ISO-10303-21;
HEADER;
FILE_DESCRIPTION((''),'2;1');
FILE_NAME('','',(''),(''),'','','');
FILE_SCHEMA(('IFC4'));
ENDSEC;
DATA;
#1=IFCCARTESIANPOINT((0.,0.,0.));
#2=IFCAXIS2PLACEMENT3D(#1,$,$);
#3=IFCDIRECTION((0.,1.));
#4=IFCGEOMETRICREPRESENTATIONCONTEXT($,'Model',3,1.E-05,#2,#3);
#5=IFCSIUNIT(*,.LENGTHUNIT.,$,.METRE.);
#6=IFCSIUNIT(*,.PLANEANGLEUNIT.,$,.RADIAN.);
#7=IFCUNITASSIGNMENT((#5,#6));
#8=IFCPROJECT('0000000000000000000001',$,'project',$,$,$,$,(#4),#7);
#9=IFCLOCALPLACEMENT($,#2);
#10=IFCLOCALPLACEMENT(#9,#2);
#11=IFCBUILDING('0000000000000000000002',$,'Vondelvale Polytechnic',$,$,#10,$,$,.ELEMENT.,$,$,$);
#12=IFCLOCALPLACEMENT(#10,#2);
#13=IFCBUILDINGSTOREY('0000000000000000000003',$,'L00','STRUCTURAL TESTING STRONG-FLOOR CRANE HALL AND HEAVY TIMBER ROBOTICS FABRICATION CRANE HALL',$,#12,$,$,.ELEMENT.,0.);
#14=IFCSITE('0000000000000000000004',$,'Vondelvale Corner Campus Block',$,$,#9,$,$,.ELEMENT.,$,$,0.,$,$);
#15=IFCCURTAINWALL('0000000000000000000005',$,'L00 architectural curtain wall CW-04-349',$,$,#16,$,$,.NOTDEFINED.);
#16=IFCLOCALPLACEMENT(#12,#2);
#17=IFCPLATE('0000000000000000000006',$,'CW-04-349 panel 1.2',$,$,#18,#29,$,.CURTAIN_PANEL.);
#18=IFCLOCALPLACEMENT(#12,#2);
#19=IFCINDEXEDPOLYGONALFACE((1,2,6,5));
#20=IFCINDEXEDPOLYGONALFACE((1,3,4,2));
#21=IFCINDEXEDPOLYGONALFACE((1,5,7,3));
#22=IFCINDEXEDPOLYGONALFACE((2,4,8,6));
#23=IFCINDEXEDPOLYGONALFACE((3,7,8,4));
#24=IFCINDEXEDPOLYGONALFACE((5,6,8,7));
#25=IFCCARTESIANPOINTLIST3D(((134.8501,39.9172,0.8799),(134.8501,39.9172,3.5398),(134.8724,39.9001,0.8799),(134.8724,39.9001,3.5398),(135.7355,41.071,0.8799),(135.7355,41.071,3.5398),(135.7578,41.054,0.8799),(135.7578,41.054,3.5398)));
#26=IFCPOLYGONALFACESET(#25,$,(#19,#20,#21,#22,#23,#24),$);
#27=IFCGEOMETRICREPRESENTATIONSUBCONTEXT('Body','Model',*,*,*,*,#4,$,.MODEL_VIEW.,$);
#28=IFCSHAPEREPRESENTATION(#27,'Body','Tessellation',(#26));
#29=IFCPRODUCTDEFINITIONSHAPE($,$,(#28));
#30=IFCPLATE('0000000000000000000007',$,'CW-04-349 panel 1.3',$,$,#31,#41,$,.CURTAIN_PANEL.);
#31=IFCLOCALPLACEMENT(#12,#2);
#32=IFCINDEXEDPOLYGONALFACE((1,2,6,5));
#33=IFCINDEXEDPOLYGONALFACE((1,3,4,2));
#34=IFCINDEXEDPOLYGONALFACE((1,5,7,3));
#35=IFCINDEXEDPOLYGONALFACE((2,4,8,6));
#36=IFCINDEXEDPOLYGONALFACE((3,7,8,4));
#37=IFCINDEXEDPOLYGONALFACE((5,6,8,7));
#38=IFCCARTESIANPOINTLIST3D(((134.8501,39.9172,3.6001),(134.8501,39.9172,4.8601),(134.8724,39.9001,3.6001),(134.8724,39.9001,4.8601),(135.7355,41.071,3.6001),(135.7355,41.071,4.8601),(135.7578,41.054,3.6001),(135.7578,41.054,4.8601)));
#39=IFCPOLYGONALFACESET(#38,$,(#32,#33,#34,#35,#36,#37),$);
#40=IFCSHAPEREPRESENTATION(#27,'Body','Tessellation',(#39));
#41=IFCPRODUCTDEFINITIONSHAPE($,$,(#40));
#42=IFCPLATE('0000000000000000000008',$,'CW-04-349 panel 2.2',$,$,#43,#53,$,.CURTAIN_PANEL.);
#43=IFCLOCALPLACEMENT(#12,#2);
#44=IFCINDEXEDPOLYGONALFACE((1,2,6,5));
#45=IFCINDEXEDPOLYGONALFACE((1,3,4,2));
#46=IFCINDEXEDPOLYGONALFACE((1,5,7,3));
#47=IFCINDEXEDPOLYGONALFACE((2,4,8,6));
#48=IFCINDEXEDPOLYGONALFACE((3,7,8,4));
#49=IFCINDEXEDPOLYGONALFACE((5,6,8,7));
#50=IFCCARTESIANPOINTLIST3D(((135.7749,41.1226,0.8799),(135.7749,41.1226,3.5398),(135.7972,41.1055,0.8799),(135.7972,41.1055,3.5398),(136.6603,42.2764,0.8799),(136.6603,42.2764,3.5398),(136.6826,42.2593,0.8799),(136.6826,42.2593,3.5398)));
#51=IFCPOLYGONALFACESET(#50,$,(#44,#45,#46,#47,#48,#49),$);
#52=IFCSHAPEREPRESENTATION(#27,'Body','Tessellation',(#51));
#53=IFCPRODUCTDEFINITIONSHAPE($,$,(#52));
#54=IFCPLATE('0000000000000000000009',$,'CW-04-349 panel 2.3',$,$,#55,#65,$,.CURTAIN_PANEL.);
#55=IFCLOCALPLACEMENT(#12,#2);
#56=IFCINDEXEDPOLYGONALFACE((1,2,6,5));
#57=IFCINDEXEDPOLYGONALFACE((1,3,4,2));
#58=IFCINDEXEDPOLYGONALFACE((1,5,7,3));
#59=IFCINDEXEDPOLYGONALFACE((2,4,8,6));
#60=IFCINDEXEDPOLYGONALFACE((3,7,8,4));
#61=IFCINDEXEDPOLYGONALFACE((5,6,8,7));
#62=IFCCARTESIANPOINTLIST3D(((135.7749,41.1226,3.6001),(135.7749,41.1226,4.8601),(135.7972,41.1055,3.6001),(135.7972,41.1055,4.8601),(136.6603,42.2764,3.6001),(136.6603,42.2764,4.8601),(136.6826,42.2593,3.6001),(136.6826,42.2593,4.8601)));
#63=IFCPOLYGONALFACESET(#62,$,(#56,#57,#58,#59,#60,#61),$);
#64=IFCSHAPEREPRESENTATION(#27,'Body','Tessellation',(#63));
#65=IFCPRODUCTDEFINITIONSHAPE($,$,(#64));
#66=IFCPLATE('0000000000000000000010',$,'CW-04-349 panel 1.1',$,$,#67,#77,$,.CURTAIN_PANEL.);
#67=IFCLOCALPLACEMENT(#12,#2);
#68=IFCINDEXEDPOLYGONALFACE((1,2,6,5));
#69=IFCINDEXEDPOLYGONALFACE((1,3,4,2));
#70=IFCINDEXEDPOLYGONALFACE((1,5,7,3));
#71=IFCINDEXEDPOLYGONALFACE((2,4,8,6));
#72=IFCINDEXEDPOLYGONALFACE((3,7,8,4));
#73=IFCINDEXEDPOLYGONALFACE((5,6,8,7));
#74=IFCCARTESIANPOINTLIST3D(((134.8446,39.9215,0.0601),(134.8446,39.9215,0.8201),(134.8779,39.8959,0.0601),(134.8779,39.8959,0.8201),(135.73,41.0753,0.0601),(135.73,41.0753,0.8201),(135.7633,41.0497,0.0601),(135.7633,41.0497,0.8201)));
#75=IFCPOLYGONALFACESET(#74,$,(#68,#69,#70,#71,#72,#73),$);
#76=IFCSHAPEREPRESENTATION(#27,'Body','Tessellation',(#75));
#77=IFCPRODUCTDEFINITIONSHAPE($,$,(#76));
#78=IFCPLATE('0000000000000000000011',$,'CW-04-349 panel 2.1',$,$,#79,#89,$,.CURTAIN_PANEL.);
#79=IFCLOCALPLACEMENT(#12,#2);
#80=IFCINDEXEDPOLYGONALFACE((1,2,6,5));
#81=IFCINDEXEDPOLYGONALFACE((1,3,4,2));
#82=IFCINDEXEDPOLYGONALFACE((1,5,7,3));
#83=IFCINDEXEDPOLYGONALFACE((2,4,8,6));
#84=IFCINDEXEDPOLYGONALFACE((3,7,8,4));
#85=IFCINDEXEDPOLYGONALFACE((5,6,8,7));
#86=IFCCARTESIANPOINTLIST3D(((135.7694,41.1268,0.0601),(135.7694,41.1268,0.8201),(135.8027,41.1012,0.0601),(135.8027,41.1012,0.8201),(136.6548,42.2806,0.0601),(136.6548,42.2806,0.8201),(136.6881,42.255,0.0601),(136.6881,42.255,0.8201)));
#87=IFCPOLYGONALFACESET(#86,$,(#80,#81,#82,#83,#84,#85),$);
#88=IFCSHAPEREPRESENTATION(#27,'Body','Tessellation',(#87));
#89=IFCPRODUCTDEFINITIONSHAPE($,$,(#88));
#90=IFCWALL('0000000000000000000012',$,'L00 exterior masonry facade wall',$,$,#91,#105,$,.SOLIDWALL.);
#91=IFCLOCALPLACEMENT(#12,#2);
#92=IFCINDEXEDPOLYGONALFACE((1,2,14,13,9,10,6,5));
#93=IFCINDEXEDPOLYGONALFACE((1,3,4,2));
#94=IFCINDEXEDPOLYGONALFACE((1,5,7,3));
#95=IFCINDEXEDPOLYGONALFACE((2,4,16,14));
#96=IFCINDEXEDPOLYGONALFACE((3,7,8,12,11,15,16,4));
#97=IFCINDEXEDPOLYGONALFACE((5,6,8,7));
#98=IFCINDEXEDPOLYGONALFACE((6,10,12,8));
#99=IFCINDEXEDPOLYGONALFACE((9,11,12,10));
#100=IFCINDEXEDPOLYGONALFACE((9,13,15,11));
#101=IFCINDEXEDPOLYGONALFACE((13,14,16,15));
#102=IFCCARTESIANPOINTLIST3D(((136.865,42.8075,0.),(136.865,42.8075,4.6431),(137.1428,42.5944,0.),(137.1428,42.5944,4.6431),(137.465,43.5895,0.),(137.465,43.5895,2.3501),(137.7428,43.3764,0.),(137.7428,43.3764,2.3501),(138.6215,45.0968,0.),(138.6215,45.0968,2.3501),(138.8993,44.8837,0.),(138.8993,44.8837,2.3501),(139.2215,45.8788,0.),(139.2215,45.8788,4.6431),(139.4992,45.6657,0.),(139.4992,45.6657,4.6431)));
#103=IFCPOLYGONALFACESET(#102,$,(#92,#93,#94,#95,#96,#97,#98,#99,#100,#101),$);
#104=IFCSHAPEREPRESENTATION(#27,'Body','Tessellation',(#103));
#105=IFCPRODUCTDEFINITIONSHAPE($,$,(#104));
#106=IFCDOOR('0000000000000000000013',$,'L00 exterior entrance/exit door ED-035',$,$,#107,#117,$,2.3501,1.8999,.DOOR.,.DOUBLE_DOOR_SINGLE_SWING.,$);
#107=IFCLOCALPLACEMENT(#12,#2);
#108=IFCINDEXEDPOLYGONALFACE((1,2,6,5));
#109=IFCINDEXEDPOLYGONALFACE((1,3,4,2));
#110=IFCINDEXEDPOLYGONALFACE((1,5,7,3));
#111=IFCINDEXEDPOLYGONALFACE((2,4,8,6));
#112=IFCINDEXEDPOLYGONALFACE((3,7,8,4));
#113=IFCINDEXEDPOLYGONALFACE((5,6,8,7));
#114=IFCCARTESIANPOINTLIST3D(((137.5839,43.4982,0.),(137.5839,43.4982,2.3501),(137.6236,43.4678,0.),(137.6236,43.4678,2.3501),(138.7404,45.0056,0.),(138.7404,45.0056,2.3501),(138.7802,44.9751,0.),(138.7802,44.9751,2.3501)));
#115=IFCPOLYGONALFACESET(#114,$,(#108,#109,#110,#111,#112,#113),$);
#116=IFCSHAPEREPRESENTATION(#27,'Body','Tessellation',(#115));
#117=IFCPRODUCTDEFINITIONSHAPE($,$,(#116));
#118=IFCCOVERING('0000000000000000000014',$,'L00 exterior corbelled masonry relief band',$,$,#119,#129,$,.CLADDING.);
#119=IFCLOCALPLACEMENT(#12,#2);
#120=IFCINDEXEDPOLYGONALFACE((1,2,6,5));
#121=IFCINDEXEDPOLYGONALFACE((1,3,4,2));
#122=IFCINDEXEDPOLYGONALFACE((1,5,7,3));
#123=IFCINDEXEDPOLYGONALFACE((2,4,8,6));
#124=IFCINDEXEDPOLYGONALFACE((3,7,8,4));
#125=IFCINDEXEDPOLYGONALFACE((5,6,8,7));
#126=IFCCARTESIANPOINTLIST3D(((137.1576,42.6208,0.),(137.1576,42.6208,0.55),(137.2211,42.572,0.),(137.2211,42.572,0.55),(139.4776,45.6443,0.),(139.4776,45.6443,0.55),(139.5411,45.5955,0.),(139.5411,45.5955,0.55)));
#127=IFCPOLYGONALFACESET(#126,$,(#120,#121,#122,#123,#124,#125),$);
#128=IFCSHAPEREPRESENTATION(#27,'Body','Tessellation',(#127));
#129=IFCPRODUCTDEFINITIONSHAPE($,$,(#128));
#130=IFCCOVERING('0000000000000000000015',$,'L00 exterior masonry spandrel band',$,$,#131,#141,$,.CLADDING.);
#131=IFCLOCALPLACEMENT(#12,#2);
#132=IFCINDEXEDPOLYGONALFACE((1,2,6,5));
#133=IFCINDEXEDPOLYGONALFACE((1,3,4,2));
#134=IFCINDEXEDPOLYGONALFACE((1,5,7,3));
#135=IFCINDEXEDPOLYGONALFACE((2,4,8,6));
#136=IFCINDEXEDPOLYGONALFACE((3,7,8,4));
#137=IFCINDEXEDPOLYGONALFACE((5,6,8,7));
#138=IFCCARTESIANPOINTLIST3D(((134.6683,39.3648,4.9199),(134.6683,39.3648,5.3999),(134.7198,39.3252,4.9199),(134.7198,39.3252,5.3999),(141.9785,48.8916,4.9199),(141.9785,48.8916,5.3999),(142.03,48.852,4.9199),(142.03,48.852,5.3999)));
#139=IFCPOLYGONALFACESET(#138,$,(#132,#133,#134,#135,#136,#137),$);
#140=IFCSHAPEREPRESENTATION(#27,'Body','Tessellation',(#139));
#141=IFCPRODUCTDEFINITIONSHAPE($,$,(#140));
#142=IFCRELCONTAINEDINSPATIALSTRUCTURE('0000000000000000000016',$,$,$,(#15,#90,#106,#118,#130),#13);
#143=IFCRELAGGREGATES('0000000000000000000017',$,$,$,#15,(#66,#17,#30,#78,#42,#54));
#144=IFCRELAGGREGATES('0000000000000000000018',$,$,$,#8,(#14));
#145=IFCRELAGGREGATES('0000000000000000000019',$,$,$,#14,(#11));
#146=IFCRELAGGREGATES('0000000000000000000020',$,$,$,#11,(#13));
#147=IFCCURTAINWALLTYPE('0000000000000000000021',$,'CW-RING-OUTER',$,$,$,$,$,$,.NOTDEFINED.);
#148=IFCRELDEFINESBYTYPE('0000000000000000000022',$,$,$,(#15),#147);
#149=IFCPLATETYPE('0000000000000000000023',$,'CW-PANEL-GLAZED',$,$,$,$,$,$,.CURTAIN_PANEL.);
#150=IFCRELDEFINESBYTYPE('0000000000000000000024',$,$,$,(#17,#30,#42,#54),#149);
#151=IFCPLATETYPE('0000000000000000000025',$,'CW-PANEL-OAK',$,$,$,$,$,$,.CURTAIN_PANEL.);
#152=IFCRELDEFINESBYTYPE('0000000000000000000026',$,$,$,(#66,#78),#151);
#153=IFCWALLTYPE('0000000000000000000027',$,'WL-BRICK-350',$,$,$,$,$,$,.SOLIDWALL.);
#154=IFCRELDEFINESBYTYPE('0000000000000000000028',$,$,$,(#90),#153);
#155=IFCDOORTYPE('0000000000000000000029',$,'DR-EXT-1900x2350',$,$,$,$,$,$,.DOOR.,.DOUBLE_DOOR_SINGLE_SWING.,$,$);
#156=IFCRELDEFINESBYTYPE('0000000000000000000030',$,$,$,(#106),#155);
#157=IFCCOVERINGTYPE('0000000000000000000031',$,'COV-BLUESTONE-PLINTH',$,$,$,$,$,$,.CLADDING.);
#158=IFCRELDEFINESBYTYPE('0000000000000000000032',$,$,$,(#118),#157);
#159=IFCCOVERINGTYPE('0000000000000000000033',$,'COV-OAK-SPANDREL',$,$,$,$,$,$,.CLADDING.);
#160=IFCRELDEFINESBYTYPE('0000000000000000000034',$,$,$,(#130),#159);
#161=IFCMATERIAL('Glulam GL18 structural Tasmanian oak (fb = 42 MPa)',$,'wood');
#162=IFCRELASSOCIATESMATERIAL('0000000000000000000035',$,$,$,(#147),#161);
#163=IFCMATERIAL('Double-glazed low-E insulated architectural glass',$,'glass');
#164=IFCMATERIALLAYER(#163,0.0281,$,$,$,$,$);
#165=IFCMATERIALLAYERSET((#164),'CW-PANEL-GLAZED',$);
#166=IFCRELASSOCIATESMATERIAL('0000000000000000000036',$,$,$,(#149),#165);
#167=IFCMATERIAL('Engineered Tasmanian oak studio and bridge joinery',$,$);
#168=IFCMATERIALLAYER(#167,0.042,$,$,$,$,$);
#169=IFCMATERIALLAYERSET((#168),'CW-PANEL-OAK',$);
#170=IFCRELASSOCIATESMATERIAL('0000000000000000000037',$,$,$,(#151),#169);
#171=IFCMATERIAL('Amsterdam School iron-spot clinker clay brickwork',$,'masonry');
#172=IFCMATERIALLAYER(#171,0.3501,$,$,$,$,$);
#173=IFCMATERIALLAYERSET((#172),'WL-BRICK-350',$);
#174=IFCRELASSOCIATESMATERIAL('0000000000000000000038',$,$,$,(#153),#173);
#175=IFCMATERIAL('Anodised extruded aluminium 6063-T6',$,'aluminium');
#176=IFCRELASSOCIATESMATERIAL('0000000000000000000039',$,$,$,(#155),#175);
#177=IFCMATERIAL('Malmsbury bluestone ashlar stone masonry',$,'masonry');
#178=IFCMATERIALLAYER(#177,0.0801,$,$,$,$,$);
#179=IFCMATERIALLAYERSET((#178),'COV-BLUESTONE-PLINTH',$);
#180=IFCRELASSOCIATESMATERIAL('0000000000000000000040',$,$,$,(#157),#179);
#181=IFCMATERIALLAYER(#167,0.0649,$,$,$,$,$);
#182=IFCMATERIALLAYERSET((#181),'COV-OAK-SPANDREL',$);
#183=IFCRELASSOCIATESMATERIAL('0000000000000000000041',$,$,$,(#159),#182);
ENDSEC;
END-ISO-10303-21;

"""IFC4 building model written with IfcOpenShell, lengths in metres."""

from ifc_helpers import new_model, si_unit, direction, frame, frame_2d, origin, origin_2d, place, context, subcontext, project, spatial, rectangle, extrude, material, layer, layer_set, type_object, element, fill, aggregate, save


model = new_model("IFC4")

# Units and contexts
model_context = context("Model", 3, precision=1e-05, world=origin(), true_north=direction((0.0, 1.0)))
body_context = subcontext(model_context, "Body", "Model", "MODEL_VIEW")
ifc_project = project(units=[si_unit("LENGTHUNIT", "METRE"), si_unit("PLANEANGLEUNIT", "RADIAN")], contexts=[model_context])

# Site, building, storey
site_placement = place(None, origin())
site = spatial("IfcSite", under=ifc_project, at=site_placement, Name="Vondelvale Corner Campus Block", CompositionType="ELEMENT", RefElevation=0.0)
building_placement = place(site_placement, origin())
building = spatial("IfcBuilding", under=site, at=building_placement, Name="Vondelvale Polytechnic", CompositionType="ELEMENT")
storey_placement = place(building_placement, origin())
storey = spatial("IfcBuildingStorey", under=building, at=storey_placement, Name="L00", Description="STRUCTURAL TESTING STRONG-FLOOR CRANE HALL AND HEAVY TIMBER ROBOTICS FABRICATION CRANE HALL", CompositionType="ELEMENT", Elevation=0.0)

# Shared definitions
ifc_material_1 = material(Name="Glulam GL18 structural Tasmanian oak (fb = 42 MPa)", Category="wood")

# Curtain wall
curtain_wall_type = type_object("IfcCurtainWallType", Name="CW-RING-OUTER", PredefinedType="NOTDEFINED", material=ifc_material_1)
curtain_wall_1_placement = place(storey_placement, origin())
curtain_wall_1 = element("IfcCurtainWall", 1, at=curtain_wall_1_placement, inside=storey, type_object=curtain_wall_type, Name="L00 architectural curtain wall CW-04-349", PredefinedType="NOTDEFINED")
ifc_material_2 = material(Name="Anodised extruded aluminium 6063-T6", Category="aluminium")

# Plates
ifc_material_3 = material(Name="Double-glazed low-E insulated architectural glass", Category="glass")
ifc_layer_1 = layer(ifc_material_3, 0.0281)
ifc_layer_set_1 = layer_set([ifc_layer_1], Name="CW-PANEL-GLAZED")
plate_type_1 = type_object("IfcPlateType", Name="CW-PANEL-GLAZED", PredefinedType="CURTAIN_PANEL", material=ifc_layer_set_1)
plate_1_placement = place(storey_placement, frame((135.304, 40.4856, 0.8799), z_axis=(0.0, 0.0, 1.0), x_axis=(0.608764, 0.793352, 0.0)))
plate_1 = element("IfcPlate", 2, at=plate_1_placement, type_object=plate_type_1, Name="CW-04-349 panel 1.2", PredefinedType="CURTAIN_PANEL", context=body_context, shape_type="SweptSolid", body=[
    extrude(rectangle(XDim=1.4543, YDim=0.0281, at=origin_2d()), origin(), (0.0, 0.0, 1.0), 2.6599),
])
plate_2_placement = place(storey_placement, frame((135.304, 40.4856, 3.6001), z_axis=(0.0, 0.0, 1.0), x_axis=(0.608764, 0.793352, 0.0)))
plate_2 = element("IfcPlate", 3, at=plate_2_placement, type_object=plate_type_1, Name="CW-04-349 panel 1.3", PredefinedType="CURTAIN_PANEL", context=body_context, shape_type="SweptSolid", body=[
    extrude(rectangle(XDim=1.4543, YDim=0.0281, at=origin_2d()), origin(), (0.0, 0.0, 1.0), 1.26),
])
plate_3_placement = place(storey_placement, frame((136.2288, 41.6909, 0.8799), z_axis=(0.0, 0.0, 1.0), x_axis=(0.608764, 0.793352, 0.0)))
plate_3 = element("IfcPlate", 4, at=plate_3_placement, type_object=plate_type_1, Name="CW-04-349 panel 2.2", PredefinedType="CURTAIN_PANEL", context=body_context, shape_type="SweptSolid", body=[
    extrude(rectangle(XDim=1.4543, YDim=0.0281, at=origin_2d()), origin(), (0.0, 0.0, 1.0), 2.6599),
])
plate_4_placement = place(storey_placement, frame((136.2288, 41.6909, 3.6001), z_axis=(0.0, 0.0, 1.0), x_axis=(0.608764, 0.793352, 0.0)))
plate_4 = element("IfcPlate", 5, at=plate_4_placement, type_object=plate_type_1, Name="CW-04-349 panel 2.3", PredefinedType="CURTAIN_PANEL", context=body_context, shape_type="SweptSolid", body=[
    extrude(rectangle(XDim=1.4543, YDim=0.0281, at=origin_2d()), origin(), (0.0, 0.0, 1.0), 1.26),
])
ifc_material_4 = material(Name="Engineered Tasmanian oak studio and bridge joinery")
ifc_layer_2 = layer(ifc_material_4, 0.042)
ifc_layer_set_2 = layer_set([ifc_layer_2], Name="CW-PANEL-OAK")
plate_type_2 = type_object("IfcPlateType", Name="CW-PANEL-OAK", PredefinedType="CURTAIN_PANEL", material=ifc_layer_set_2)
plate_5_placement = place(storey_placement, frame((135.304, 40.4856, 0.0601), z_axis=(0.0, 0.0, 1.0), x_axis=(0.608764, 0.793352, 0.0)))
plate_5 = element("IfcPlate", 6, at=plate_5_placement, type_object=plate_type_2, Name="CW-04-349 panel 1.1", PredefinedType="CURTAIN_PANEL", context=body_context, shape_type="SweptSolid", body=[
    extrude(rectangle(XDim=1.4543, YDim=0.042, at=origin_2d()), origin(), (0.0, 0.0, 1.0), 0.76),
])
plate_6_placement = place(storey_placement, frame((136.2288, 41.6909, 0.0601), z_axis=(0.0, 0.0, 1.0), x_axis=(0.608764, 0.793352, 0.0)))
plate_6 = element("IfcPlate", 7, at=plate_6_placement, type_object=plate_type_2, Name="CW-04-349 panel 2.1", PredefinedType="CURTAIN_PANEL", context=body_context, shape_type="SweptSolid", body=[
    extrude(rectangle(XDim=1.4543, YDim=0.042, at=origin_2d()), origin(), (0.0, 0.0, 1.0), 0.76),
])
aggregate(curtain_wall_1, [plate_5, plate_1, plate_2, plate_6, plate_3, plate_4])

# Wall, opening, door
ifc_material_5 = material(Name="Amsterdam School iron-spot clinker clay brickwork", Category="masonry")
ifc_layer_3 = layer(ifc_material_5, 0.3501)
ifc_layer_set_3 = layer_set([ifc_layer_3], Name="WL-BRICK-350")
wall_type = type_object("IfcWallType", Name="WL-BRICK-350", PredefinedType="SOLIDWALL", material=ifc_layer_set_3)
wall_placement = place(storey_placement, frame((139.3604, 45.7722, 0.0), z_axis=(0.0, 0.0, 1.0), x_axis=(-0.608723, -0.793383, 0.0)))
wall = element("IfcWall", 8, at=wall_placement, inside=storey, type_object=wall_type, Name="L00 exterior masonry facade wall", PredefinedType="SOLIDWALL", context=body_context, shape_type="SweptSolid", body=[
    extrude(rectangle(XDim=3.8711, YDim=0.3501, at=frame_2d((1.9355, 0.0))), origin(), (0.0, 0.0, 1.0), 4.6431),
])
opening_placement = place(wall_placement, frame((0.9856, 0.0, 0.0)))
opening = element("IfcOpeningElement", 9, at=opening_placement, cuts=wall, PredefinedType="OPENING", context=body_context, shape_type="SweptSolid", body=[
    extrude(rectangle(XDim=1.8999, YDim=2.3501, at=frame_2d((0.95, 1.175))), frame((0.0, 0.1851, 0.0), z_axis=(0.0, -1.0, 0.0), x_axis=(1.0, 0.0, 0.0)), (0.0, 0.0, 1.0), 0.3701),
])
door_type = type_object("IfcDoorType", Name="DR-EXT-1900x2350", OperationType="DOUBLE_DOOR_SINGLE_SWING", PredefinedType="DOOR", material=ifc_material_2)
door_placement = place(opening_placement, origin())
door = element("IfcDoor", 10, at=door_placement, inside=storey, type_object=door_type, Name="L00 exterior entrance/exit door ED-035", OperationType="DOUBLE_DOOR_SINGLE_SWING", OverallHeight=2.3501, OverallWidth=1.8999, PredefinedType="DOOR", context=body_context, shape_type="SweptSolid", body=[
    extrude(rectangle(XDim=1.8999, YDim=2.3501, at=frame_2d((0.95, 1.175))), frame((0.0, 0.0249, 0.0), z_axis=(0.0, -1.0, 0.0), x_axis=(1.0, 0.0, 0.0)), (0.0, 0.0, 1.0), 0.05),
])
fill(opening, door)

# Coverings
ifc_material_6 = material(Name="Malmsbury bluestone ashlar stone masonry", Category="masonry")
ifc_layer_4 = layer(ifc_material_6, 0.0801)
ifc_layer_set_4 = layer_set([ifc_layer_4], Name="COV-BLUESTONE-PLINTH")
covering_type_1 = type_object("IfcCoveringType", Name="COV-BLUESTONE-PLINTH", PredefinedType="CLADDING", material=ifc_layer_set_4)
covering_1_placement = place(storey_placement, frame((138.3494, 44.1082, 0.0), z_axis=(0.0, 0.0, 1.0), x_axis=(-0.608761, -0.793353, 0.0)))
element("IfcCovering", 11, at=covering_1_placement, inside=storey, type_object=covering_type_1, Name="L00 exterior corbelled masonry relief band", PredefinedType="CLADDING", context=body_context, shape_type="SweptSolid", body=[
    extrude(rectangle(XDim=3.811, YDim=0.0801, at=origin_2d()), origin(), (0.0, 0.0, 1.0), 0.55),
])
ifc_layer_5 = layer(ifc_material_4, 0.0649)
ifc_layer_set_5 = layer_set([ifc_layer_5], Name="COV-OAK-SPANDREL")
covering_type_2 = type_object("IfcCoveringType", Name="COV-OAK-SPANDREL", PredefinedType="CLADDING", material=ifc_layer_set_5)
covering_2_placement = place(storey_placement, frame((138.3491, 44.1084, 4.9199), z_axis=(0.0, 0.0, 1.0), x_axis=(0.608761, 0.793353, 0.0)))
element("IfcCovering", 12, at=covering_2_placement, inside=storey, type_object=covering_type_2, Name="L00 exterior masonry spandrel band", PredefinedType="CLADDING", context=body_context, shape_type="SweptSolid", body=[
    extrude(rectangle(XDim=12.0083, YDim=0.0649, at=origin_2d()), origin(), (0.0, 0.0, 1.0), 0.48),
])

save(model, "model.ifc")
